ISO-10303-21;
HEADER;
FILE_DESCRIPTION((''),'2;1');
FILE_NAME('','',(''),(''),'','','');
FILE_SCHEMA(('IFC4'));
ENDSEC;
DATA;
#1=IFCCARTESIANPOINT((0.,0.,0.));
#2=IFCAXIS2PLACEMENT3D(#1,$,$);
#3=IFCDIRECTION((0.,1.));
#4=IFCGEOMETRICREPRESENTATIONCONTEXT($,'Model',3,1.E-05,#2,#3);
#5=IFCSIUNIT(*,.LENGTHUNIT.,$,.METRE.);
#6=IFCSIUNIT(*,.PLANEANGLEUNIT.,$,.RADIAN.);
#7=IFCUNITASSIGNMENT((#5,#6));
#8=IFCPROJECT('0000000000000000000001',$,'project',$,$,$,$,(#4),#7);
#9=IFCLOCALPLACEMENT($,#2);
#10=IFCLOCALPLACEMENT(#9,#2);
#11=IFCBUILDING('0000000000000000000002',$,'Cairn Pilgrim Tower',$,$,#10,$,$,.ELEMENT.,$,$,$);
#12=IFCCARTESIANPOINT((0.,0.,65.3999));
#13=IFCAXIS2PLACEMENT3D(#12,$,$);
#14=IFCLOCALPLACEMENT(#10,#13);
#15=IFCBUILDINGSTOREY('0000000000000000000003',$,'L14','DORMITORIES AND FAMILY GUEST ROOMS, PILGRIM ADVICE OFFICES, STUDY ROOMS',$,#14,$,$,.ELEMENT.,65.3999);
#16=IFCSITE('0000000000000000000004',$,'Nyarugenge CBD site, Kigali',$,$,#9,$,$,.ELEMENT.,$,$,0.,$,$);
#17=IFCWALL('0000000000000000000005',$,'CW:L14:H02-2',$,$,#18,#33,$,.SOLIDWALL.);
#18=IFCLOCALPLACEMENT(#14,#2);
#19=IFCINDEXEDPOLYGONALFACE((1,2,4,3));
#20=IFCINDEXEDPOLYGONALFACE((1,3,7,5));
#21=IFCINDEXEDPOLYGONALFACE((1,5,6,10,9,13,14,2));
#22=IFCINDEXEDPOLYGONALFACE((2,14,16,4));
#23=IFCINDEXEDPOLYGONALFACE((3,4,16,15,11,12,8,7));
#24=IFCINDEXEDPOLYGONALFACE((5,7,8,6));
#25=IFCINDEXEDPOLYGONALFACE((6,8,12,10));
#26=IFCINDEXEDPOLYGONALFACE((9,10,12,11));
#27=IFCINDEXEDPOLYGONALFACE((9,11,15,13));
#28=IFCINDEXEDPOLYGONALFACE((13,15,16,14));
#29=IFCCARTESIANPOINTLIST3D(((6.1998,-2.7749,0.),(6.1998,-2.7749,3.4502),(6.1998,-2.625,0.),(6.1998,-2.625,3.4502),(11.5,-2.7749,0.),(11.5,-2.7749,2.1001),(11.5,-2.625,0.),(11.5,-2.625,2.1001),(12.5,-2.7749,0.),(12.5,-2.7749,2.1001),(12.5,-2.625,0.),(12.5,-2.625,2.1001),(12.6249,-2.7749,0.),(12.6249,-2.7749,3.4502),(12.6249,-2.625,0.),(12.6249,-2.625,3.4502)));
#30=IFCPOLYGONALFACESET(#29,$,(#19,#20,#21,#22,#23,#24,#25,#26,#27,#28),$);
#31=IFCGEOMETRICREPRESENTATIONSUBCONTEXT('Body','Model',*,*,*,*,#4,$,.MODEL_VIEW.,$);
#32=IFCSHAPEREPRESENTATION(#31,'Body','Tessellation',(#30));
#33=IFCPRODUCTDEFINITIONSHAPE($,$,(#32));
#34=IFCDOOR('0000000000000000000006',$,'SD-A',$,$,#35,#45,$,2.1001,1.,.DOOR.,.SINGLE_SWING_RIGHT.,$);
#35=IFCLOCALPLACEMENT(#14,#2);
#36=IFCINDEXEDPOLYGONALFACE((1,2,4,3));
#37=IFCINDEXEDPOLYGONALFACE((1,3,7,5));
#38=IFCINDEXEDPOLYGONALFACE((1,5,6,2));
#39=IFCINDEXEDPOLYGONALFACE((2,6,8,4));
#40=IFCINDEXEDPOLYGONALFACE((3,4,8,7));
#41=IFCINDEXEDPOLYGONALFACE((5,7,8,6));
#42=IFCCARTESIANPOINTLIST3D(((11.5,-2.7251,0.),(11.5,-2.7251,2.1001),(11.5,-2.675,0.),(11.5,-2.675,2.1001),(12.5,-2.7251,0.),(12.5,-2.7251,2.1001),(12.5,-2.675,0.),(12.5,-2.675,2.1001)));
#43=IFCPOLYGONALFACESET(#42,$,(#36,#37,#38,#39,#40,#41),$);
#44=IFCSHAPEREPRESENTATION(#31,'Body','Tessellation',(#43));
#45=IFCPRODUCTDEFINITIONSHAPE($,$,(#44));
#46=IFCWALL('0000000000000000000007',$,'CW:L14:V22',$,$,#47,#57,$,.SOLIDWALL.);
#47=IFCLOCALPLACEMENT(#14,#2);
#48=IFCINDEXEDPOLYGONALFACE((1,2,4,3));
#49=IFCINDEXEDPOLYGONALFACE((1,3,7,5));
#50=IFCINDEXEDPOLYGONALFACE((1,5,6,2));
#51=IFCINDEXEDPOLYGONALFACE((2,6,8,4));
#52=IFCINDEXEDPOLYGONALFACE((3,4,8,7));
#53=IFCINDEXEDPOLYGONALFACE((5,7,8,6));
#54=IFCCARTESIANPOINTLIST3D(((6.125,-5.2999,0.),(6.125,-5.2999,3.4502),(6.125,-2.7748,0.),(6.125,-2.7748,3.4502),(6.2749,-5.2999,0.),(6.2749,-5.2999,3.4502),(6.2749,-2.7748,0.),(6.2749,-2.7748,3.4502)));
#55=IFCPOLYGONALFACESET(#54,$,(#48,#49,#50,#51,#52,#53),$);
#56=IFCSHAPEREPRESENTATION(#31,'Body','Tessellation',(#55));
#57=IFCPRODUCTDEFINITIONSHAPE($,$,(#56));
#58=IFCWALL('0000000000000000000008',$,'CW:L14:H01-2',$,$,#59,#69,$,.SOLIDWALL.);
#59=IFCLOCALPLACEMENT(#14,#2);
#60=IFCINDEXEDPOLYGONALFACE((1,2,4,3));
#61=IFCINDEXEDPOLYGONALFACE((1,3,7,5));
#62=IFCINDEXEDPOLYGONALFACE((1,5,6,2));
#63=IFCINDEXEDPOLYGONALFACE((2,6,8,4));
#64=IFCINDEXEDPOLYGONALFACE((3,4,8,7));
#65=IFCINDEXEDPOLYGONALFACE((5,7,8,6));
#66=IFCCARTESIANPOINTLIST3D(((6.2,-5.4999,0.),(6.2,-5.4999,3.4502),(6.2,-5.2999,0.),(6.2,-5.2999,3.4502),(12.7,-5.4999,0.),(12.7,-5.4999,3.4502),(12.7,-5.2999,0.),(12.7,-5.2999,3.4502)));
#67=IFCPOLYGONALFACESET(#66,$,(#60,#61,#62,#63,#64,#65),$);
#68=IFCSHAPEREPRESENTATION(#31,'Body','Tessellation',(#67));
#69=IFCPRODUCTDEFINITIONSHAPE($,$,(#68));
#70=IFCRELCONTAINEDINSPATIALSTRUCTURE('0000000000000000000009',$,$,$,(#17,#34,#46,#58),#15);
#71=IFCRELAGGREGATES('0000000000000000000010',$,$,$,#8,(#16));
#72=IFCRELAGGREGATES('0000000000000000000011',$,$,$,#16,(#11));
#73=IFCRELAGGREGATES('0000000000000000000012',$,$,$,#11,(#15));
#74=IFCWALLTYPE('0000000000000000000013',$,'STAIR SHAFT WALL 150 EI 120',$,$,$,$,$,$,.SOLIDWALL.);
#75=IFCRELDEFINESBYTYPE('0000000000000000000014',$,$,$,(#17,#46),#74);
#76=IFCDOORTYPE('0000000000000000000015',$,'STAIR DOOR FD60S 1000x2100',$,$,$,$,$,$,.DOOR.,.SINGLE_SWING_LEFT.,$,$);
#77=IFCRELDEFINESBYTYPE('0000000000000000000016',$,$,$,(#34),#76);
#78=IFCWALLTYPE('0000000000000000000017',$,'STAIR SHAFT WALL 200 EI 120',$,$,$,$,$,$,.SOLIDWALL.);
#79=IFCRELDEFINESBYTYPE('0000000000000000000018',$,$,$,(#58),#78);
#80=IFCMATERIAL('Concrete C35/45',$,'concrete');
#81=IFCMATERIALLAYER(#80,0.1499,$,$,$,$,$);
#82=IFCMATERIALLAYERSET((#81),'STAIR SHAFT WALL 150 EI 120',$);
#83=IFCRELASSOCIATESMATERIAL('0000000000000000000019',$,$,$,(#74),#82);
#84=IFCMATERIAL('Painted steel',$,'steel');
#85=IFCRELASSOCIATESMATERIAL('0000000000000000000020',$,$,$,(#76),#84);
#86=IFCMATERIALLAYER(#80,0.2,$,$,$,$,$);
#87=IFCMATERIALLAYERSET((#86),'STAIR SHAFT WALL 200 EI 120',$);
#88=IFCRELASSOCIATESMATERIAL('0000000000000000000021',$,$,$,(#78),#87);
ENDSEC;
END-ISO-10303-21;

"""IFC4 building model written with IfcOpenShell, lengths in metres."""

from ifc_helpers import new_model, si_unit, direction, frame, frame_2d, origin, place, context, subcontext, project, spatial, rectangle, extrude, material, layer, layer_set, type_object, element, fill, save


model = new_model("IFC4")

# Units and contexts
model_context = context("Model", 3, precision=1e-05, world=origin(), true_north=direction((0.0, 1.0)))
body_context = subcontext(model_context, "Body", "Model", "MODEL_VIEW")
ifc_project = project(units=[si_unit("LENGTHUNIT", "METRE"), si_unit("PLANEANGLEUNIT", "RADIAN")], contexts=[model_context])

# Site, building, storey
site_placement = place(None, origin())
site = spatial("IfcSite", under=ifc_project, at=site_placement, Name="Nyarugenge CBD site, Kigali", CompositionType="ELEMENT", RefElevation=0.0)
building_placement = place(site_placement, origin())
building = spatial("IfcBuilding", under=site, at=building_placement, Name="Cairn Pilgrim Tower", CompositionType="ELEMENT")
storey_placement = place(building_placement, frame((0.0, 0.0, 65.3999)))
storey = spatial("IfcBuildingStorey", under=building, at=storey_placement, Name="L14", Description="DORMITORIES AND FAMILY GUEST ROOMS, PILGRIM ADVICE OFFICES, STUDY ROOMS", CompositionType="ELEMENT", Elevation=65.3999)

# Wall, opening, door
ifc_material_1 = material(Name="Concrete C35/45", Category="concrete")
ifc_layer_1 = layer(ifc_material_1, 0.1499)
ifc_layer_set_1 = layer_set([ifc_layer_1], Name="STAIR SHAFT WALL 150 EI 120")
wall_type_1 = type_object("IfcWallType", Name="STAIR SHAFT WALL 150 EI 120", PredefinedType="SOLIDWALL", material=ifc_layer_set_1)
wall_1_placement = place(storey_placement, frame((6.2, -2.7, 0.0), z_axis=(0.0, 0.0, 1.0), x_axis=(1.0, 0.0, 0.0)))
wall_1 = element("IfcWall", 1, at=wall_1_placement, inside=storey, type_object=wall_type_1, Name="CW:L14:H02-2", PredefinedType="SOLIDWALL", context=body_context, shape_type="SweptSolid", body=[
    extrude(rectangle(XDim=6.425, YDim=0.1499, at=frame_2d((3.2124, 0.0))), origin(), (0.0, 0.0, 1.0), 3.4502),
])
opening_1_placement = place(wall_1_placement, frame((5.3, 0.0, 0.0)))
opening_1 = element("IfcOpeningElement", 2, at=opening_1_placement, cuts=wall_1, PredefinedType="OPENING", context=body_context, shape_type="SweptSolid", body=[
    extrude(rectangle(XDim=1.0, YDim=2.1001, at=frame_2d((0.5, 1.05))), frame((0.0, 0.085, 0.0), z_axis=(0.0, -1.0, 0.0), x_axis=(1.0, 0.0, 0.0)), (0.0, 0.0, 1.0), 0.1699),
])
ifc_material_2 = material(Name="Painted steel", Category="steel")
door_type_1 = type_object("IfcDoorType", Name="STAIR DOOR FD60S 1000x2100", OperationType="SINGLE_SWING_LEFT", PredefinedType="DOOR", material=ifc_material_2)
door_1_placement = place(opening_1_placement, origin())
door_1 = element("IfcDoor", 3, at=door_1_placement, inside=storey, type_object=door_type_1, Name="SD-A", OperationType="SINGLE_SWING_RIGHT", OverallHeight=2.1001, OverallWidth=1.0, PredefinedType="DOOR", context=body_context, shape_type="SweptSolid", body=[
    extrude(rectangle(XDim=1.0, YDim=2.1001, at=frame_2d((0.5, 1.05))), frame((0.0, 0.0249, 0.0), z_axis=(0.0, -1.0, 0.0), x_axis=(1.0, 0.0, 0.0)), (0.0, 0.0, 1.0), 0.05),
])
fill(opening_1, door_1)

# Walls
wall_2_placement = place(storey_placement, frame((6.2, -5.3, 0.0), z_axis=(0.0, 0.0, 1.0), x_axis=(0.0, 1.0, 0.0)))
element("IfcWall", 4, at=wall_2_placement, inside=storey, type_object=wall_type_1, Name="CW:L14:V22", PredefinedType="SOLIDWALL", context=body_context, shape_type="SweptSolid", body=[
    extrude(rectangle(XDim=2.5251, YDim=0.1499, at=frame_2d((1.2627, 0.0))), origin(), (0.0, 0.0, 1.0), 3.4502),
])
ifc_layer_2 = layer(ifc_material_1, 0.2)
ifc_layer_set_2 = layer_set([ifc_layer_2], Name="STAIR SHAFT WALL 200 EI 120")
wall_type_2 = type_object("IfcWallType", Name="STAIR SHAFT WALL 200 EI 120", PredefinedType="SOLIDWALL", material=ifc_layer_set_2)
wall_3_placement = place(storey_placement, frame((6.2, -5.3999, 0.0), z_axis=(0.0, 0.0, 1.0), x_axis=(1.0, 0.0, 0.0)))
element("IfcWall", 5, at=wall_3_placement, inside=storey, type_object=wall_type_2, Name="CW:L14:H01-2", PredefinedType="SOLIDWALL", context=body_context, shape_type="SweptSolid", body=[
    extrude(rectangle(XDim=6.5, YDim=0.2, at=frame_2d((3.25, 0.0))), origin(), (0.0, 0.0, 1.0), 3.4502),
])

save(model, "model.ifc")
